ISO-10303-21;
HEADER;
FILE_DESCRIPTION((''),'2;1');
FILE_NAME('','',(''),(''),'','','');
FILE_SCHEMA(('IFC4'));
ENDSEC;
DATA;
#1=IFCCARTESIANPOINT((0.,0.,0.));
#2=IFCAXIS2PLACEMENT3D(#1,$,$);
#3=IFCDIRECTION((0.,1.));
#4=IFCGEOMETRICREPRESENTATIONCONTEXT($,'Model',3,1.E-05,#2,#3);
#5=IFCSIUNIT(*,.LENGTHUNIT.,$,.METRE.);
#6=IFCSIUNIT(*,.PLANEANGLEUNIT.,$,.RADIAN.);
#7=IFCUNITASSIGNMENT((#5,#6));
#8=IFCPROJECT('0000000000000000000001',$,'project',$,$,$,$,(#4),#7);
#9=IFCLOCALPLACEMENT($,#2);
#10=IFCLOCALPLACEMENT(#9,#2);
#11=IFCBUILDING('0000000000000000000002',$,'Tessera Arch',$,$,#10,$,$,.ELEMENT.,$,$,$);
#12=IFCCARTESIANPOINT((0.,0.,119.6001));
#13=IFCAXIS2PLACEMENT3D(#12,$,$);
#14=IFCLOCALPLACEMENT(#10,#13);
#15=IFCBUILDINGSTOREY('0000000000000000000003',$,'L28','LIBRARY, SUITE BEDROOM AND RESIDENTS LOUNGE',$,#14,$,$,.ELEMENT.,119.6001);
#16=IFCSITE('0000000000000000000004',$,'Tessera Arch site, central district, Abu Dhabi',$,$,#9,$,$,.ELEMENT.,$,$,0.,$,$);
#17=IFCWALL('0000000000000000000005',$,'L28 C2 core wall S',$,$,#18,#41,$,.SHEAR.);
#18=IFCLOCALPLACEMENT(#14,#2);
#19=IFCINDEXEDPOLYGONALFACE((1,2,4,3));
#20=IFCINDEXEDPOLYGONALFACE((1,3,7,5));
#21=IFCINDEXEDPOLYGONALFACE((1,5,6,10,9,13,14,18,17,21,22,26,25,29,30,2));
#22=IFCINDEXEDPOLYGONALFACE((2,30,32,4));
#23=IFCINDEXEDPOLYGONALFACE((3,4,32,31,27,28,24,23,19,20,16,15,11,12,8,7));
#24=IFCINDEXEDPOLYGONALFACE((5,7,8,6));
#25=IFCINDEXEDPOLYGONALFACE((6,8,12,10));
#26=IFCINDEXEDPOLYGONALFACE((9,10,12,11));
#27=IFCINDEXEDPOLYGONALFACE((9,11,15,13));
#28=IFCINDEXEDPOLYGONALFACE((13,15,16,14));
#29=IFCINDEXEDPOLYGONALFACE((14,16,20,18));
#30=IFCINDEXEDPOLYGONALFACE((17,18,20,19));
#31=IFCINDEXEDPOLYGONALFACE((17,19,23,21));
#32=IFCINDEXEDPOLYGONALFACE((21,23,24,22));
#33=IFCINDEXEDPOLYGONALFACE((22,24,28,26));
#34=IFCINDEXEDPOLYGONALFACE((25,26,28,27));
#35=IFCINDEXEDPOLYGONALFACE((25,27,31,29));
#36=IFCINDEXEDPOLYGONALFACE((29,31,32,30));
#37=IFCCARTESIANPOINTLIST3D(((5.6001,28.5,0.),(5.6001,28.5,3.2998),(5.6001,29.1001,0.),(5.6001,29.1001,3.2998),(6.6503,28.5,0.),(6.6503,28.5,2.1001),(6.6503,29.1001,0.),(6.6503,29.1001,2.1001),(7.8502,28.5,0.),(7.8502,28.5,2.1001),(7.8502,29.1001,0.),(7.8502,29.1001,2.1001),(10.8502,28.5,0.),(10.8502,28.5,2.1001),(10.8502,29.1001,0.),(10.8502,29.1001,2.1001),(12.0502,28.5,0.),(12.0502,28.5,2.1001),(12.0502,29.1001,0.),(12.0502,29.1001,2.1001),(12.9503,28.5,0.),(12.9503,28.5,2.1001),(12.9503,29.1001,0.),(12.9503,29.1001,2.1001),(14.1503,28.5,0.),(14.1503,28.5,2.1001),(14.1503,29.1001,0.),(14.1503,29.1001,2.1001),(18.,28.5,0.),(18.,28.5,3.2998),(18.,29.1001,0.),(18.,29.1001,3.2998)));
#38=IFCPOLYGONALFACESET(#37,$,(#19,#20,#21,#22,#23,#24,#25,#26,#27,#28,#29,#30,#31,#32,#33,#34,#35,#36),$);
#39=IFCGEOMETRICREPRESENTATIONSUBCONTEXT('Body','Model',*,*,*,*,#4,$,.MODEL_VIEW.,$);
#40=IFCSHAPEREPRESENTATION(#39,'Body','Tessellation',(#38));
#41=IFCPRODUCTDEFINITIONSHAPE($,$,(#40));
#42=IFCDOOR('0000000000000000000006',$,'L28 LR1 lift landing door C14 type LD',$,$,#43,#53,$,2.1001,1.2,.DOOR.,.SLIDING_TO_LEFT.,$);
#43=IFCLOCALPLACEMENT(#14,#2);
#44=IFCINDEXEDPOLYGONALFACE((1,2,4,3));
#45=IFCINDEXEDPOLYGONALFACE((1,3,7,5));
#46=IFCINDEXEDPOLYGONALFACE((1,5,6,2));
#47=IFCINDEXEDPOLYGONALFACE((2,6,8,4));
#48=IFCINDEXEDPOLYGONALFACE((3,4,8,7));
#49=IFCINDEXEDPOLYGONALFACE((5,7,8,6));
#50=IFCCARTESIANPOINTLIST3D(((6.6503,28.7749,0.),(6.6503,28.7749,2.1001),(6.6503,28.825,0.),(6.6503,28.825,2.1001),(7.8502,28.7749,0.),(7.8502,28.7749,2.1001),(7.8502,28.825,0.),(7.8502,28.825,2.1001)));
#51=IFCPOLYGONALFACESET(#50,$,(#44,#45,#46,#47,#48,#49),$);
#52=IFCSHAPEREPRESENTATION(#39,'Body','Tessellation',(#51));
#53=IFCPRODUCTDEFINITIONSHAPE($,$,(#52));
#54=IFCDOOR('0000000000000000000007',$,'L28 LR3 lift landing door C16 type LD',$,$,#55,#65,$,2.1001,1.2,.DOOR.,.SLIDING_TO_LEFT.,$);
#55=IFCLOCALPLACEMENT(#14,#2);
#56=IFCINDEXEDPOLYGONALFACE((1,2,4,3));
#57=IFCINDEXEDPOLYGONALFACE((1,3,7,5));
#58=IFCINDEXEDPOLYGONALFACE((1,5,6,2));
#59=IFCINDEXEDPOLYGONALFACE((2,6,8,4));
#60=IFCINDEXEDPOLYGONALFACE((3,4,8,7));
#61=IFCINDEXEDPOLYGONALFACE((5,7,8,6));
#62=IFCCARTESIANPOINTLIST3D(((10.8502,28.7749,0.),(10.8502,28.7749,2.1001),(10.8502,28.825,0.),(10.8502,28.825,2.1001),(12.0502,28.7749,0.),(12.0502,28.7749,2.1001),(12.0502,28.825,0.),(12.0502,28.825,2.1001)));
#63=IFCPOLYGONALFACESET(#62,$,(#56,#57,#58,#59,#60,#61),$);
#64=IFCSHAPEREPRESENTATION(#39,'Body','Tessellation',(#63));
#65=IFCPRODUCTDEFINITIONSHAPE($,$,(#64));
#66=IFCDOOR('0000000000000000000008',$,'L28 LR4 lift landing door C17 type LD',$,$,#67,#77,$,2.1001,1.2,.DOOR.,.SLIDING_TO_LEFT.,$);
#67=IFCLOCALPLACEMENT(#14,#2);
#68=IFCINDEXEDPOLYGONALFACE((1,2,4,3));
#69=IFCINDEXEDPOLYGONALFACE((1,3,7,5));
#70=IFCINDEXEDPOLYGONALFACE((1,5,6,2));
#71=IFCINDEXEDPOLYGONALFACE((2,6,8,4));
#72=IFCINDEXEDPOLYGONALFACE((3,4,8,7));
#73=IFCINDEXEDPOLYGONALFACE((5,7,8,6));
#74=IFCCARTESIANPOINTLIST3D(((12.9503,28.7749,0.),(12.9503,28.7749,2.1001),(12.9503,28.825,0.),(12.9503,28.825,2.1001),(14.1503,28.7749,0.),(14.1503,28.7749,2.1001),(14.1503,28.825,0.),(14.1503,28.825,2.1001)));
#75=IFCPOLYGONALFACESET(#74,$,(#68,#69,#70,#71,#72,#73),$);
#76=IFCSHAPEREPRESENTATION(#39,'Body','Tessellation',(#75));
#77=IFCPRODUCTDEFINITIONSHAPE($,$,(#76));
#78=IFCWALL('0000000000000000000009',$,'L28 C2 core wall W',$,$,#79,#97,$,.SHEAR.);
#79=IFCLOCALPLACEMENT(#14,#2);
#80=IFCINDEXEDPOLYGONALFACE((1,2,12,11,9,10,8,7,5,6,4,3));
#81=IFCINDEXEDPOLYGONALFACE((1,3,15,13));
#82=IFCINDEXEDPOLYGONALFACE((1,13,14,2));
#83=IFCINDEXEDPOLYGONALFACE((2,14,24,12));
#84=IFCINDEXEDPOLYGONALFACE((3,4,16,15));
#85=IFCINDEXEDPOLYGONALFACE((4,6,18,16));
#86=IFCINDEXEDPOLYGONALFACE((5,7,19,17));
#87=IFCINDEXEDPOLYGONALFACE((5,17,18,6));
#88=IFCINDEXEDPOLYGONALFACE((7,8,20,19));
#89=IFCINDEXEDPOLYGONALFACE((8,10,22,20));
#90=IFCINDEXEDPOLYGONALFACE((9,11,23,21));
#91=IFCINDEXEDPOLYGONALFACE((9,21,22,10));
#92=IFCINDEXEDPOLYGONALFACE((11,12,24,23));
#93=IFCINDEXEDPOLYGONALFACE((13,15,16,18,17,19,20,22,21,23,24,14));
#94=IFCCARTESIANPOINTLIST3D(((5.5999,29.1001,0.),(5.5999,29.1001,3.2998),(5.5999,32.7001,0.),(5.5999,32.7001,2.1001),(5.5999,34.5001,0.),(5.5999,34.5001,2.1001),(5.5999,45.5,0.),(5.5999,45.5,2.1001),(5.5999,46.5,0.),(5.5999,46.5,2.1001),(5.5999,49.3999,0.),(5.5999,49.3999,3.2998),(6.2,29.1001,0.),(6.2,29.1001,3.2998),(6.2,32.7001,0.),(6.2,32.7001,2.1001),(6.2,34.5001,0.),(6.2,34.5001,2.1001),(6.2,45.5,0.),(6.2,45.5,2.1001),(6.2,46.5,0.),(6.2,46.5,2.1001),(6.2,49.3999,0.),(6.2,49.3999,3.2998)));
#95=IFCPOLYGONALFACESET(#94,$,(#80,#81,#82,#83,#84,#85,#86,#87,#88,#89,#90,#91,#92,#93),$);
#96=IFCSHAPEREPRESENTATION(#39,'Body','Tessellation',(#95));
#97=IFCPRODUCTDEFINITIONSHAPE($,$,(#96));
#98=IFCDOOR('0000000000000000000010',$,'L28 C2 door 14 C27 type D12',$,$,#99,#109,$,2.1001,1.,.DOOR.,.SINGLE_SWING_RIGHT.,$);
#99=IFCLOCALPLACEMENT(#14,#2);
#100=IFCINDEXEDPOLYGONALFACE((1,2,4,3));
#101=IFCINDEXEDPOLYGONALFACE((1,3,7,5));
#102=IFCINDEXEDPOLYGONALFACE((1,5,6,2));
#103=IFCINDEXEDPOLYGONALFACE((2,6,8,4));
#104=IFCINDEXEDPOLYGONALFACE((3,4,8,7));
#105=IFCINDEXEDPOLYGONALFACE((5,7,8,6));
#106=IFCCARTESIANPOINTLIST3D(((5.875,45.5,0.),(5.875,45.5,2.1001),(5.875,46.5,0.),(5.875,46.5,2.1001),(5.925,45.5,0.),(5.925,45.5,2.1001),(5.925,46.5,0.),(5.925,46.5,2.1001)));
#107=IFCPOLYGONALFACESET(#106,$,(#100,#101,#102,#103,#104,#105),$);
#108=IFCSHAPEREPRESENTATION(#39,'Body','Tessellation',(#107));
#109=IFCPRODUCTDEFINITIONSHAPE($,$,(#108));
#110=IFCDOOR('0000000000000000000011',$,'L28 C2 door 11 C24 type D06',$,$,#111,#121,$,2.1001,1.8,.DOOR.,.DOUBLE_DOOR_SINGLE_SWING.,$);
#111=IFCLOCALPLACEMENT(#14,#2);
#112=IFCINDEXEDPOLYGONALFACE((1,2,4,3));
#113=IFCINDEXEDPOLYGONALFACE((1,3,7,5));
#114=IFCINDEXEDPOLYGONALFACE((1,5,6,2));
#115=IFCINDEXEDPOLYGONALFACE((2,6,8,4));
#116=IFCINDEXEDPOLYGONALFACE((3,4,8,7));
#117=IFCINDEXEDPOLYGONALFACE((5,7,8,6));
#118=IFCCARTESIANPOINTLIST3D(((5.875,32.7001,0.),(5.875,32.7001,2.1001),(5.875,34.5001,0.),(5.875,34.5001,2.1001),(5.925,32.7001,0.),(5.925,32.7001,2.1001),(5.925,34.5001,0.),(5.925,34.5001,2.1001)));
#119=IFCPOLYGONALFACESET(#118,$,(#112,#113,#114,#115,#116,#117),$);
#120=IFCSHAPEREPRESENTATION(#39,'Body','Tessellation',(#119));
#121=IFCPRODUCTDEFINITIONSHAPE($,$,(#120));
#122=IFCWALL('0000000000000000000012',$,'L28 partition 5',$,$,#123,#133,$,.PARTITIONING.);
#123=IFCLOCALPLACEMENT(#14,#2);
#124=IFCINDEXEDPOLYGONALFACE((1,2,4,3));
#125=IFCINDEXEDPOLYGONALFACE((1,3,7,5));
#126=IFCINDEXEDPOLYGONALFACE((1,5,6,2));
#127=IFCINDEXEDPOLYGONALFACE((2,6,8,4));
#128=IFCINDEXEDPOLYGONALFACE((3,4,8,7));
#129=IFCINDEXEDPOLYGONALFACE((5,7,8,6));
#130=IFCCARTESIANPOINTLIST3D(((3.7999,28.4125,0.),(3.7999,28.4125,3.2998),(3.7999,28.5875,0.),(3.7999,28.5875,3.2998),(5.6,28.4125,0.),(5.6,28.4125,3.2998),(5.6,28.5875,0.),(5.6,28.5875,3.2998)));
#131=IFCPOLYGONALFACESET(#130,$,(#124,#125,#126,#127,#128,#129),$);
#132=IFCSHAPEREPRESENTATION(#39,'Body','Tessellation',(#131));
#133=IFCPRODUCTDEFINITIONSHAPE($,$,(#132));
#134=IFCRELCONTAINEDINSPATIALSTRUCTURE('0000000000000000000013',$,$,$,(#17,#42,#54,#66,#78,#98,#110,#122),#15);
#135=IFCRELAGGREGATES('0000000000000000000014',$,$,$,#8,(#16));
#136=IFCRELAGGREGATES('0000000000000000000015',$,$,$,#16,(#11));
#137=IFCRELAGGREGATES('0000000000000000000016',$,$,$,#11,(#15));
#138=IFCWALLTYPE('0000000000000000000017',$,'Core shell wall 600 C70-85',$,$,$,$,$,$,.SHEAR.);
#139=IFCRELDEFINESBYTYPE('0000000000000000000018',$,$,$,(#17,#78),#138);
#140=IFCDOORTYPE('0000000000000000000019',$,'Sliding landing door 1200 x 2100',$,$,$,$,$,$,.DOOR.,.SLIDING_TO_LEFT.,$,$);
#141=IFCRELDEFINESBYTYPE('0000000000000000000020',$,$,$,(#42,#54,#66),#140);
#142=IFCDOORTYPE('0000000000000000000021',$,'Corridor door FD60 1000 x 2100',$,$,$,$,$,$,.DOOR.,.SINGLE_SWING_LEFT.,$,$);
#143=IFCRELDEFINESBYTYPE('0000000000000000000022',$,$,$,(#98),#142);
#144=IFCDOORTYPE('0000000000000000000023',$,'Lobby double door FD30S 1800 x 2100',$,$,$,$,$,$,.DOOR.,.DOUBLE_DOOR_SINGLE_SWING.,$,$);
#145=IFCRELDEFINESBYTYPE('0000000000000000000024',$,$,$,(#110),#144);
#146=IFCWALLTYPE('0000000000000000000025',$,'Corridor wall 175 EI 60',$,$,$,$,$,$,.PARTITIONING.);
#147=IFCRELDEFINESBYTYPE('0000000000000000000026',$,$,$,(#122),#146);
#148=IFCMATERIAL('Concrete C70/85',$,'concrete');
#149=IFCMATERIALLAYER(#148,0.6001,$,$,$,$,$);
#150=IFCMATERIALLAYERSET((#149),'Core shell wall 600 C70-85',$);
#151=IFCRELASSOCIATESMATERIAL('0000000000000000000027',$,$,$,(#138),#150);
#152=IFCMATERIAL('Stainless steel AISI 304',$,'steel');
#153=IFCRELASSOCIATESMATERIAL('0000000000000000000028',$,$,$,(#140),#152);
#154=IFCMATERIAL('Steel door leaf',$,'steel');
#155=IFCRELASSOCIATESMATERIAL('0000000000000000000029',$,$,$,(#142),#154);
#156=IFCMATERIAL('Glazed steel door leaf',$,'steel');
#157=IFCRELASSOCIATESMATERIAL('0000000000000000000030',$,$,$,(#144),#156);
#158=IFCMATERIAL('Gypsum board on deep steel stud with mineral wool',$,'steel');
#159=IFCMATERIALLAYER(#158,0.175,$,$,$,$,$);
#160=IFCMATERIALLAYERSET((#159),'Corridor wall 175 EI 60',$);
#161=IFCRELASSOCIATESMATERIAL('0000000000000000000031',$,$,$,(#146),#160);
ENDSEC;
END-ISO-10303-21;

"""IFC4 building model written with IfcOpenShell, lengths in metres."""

from ifc_helpers import new_model, si_unit, direction, frame, frame_2d, origin, place, context, subcontext, project, spatial, rectangle, extrude, material, layer, layer_set, type_object, element, fill, save


model = new_model("IFC4")

# Units and contexts
model_context = context("Model", 3, precision=1e-05, world=origin(), true_north=direction((0.0, 1.0)))
body_context = subcontext(model_context, "Body", "Model", "MODEL_VIEW")
ifc_project = project(units=[si_unit("LENGTHUNIT", "METRE"), si_unit("PLANEANGLEUNIT", "RADIAN")], contexts=[model_context])

# Site, building, storey
site_placement = place(None, origin())
site = spatial("IfcSite", under=ifc_project, at=site_placement, Name="Tessera Arch site, central district, Abu Dhabi", CompositionType="ELEMENT", RefElevation=0.0)
building_placement = place(site_placement, origin())
building = spatial("IfcBuilding", under=site, at=building_placement, Name="Tessera Arch", CompositionType="ELEMENT")
storey_placement = place(building_placement, frame((0.0, 0.0, 119.6001)))
storey = spatial("IfcBuildingStorey", under=building, at=storey_placement, Name="L28", Description="LIBRARY, SUITE BEDROOM AND RESIDENTS LOUNGE", CompositionType="ELEMENT", Elevation=119.6001)

# Walls, openings, doors
ifc_material_1 = material(Name="Concrete C70/85", Category="concrete")
ifc_layer_1 = layer(ifc_material_1, 0.6001)
ifc_layer_set_1 = layer_set([ifc_layer_1], Name="Core shell wall 600 C70-85")
wall_type_1 = type_object("IfcWallType", Name="Core shell wall 600 C70-85", PredefinedType="SHEAR", material=ifc_layer_set_1)
wall_1_placement = place(storey_placement, frame((5.6001, 28.8, 0.0), z_axis=(0.0, 0.0, 1.0), x_axis=(1.0, 0.0, 0.0)))
wall_1 = element("IfcWall", 1, at=wall_1_placement, inside=storey, type_object=wall_type_1, Name="L28 C2 core wall S", PredefinedType="SHEAR", context=body_context, shape_type="SweptSolid", body=[
    extrude(rectangle(XDim=12.3999, YDim=0.6001, at=frame_2d((6.2, 0.0))), origin(), (0.0, 0.0, 1.0), 3.2998),
])
opening_1_placement = place(wall_1_placement, frame((1.05, 0.0, 0.0)))
opening_1 = element("IfcOpeningElement", 2, at=opening_1_placement, cuts=wall_1, PredefinedType="OPENING", context=body_context, shape_type="SweptSolid", body=[
    extrude(rectangle(XDim=1.2, YDim=2.1001, at=frame_2d((0.6001, 1.05))), frame((0.0, 0.3101, 0.0), z_axis=(0.0, -1.0, 0.0), x_axis=(1.0, 0.0, 0.0)), (0.0, 0.0, 1.0), 0.6201),
])
opening_2_placement = place(wall_1_placement, frame((5.25, 0.0, 0.0)))
opening_2 = element("IfcOpeningElement", 3, at=opening_2_placement, cuts=wall_1, PredefinedType="OPENING", context=body_context, shape_type="SweptSolid", body=[
    extrude(rectangle(XDim=1.2, YDim=2.1001, at=frame_2d((0.6001, 1.05))), frame((0.0, 0.3101, 0.0), z_axis=(0.0, -1.0, 0.0), x_axis=(1.0, 0.0, 0.0)), (0.0, 0.0, 1.0), 0.6201),
])
opening_3_placement = place(wall_1_placement, frame((7.3501, 0.0, 0.0)))
opening_3 = element("IfcOpeningElement", 4, at=opening_3_placement, cuts=wall_1, PredefinedType="OPENING", context=body_context, shape_type="SweptSolid", body=[
    extrude(rectangle(XDim=1.2, YDim=2.1001, at=frame_2d((0.6001, 1.05))), frame((0.0, 0.3101, 0.0), z_axis=(0.0, -1.0, 0.0), x_axis=(1.0, 0.0, 0.0)), (0.0, 0.0, 1.0), 0.6201),
])
ifc_material_2 = material(Name="Stainless steel AISI 304", Category="steel")
door_type_1 = type_object("IfcDoorType", Name="Sliding landing door 1200 x 2100", OperationType="SLIDING_TO_LEFT", PredefinedType="DOOR", material=ifc_material_2)
door_1_placement = place(opening_1_placement, origin())
door_1 = element("IfcDoor", 5, at=door_1_placement, inside=storey, type_object=door_type_1, Name="L28 LR1 lift landing door C14 type LD", OperationType="SLIDING_TO_LEFT", OverallHeight=2.1001, OverallWidth=1.2, PredefinedType="DOOR", context=body_context, shape_type="SweptSolid", body=[
    extrude(rectangle(XDim=1.2, YDim=2.1001, at=frame_2d((0.6001, 1.05))), frame((0.0, 0.0249, 0.0), z_axis=(0.0, -1.0, 0.0), x_axis=(1.0, 0.0, 0.0)), (0.0, 0.0, 1.0), 0.05),
])
fill(opening_1, door_1)
door_2_placement = place(opening_2_placement, origin())
door_2 = element("IfcDoor", 6, at=door_2_placement, inside=storey, type_object=door_type_1, Name="L28 LR3 lift landing door C16 type LD", OperationType="SLIDING_TO_LEFT", OverallHeight=2.1001, OverallWidth=1.2, PredefinedType="DOOR", context=body_context, shape_type="SweptSolid", body=[
    extrude(rectangle(XDim=1.2, YDim=2.1001, at=frame_2d((0.6001, 1.05))), frame((0.0, 0.0249, 0.0), z_axis=(0.0, -1.0, 0.0), x_axis=(1.0, 0.0, 0.0)), (0.0, 0.0, 1.0), 0.05),
])
fill(opening_2, door_2)
door_3_placement = place(opening_3_placement, origin())
door_3 = element("IfcDoor", 7, at=door_3_placement, inside=storey, type_object=door_type_1, Name="L28 LR4 lift landing door C17 type LD", OperationType="SLIDING_TO_LEFT", OverallHeight=2.1001, OverallWidth=1.2, PredefinedType="DOOR", context=body_context, shape_type="SweptSolid", body=[
    extrude(rectangle(XDim=1.2, YDim=2.1001, at=frame_2d((0.6001, 1.05))), frame((0.0, 0.0249, 0.0), z_axis=(0.0, -1.0, 0.0), x_axis=(1.0, 0.0, 0.0)), (0.0, 0.0, 1.0), 0.05),
])
fill(opening_3, door_3)
wall_2_placement = place(storey_placement, frame((5.8999, 29.1001, 0.0), z_axis=(0.0, 0.0, 1.0), x_axis=(0.0, 1.0, 0.0)))
wall_2 = element("IfcWall", 8, at=wall_2_placement, inside=storey, type_object=wall_type_1, Name="L28 C2 core wall W", PredefinedType="SHEAR", context=body_context, shape_type="SweptSolid", body=[
    extrude(rectangle(XDim=20.2998, YDim=0.6001, at=frame_2d((10.1499, 0.0))), origin(), (0.0, 0.0, 1.0), 3.2998),
])
opening_4_placement = place(wall_2_placement, frame((3.6001, 0.0, 0.0)))
opening_4 = element("IfcOpeningElement", 9, at=opening_4_placement, cuts=wall_2, PredefinedType="OPENING", context=body_context, shape_type="SweptSolid", body=[
    extrude(rectangle(XDim=1.8, YDim=2.1001, at=frame_2d((0.8999, 1.05))), frame((0.0, 0.3101, 0.0), z_axis=(0.0, -1.0, 0.0), x_axis=(1.0, 0.0, 0.0)), (0.0, 0.0, 1.0), 0.6201),
])
opening_5_placement = place(wall_2_placement, frame((16.3999, 0.0, 0.0)))
opening_5 = element("IfcOpeningElement", 10, at=opening_5_placement, cuts=wall_2, PredefinedType="OPENING", context=body_context, shape_type="SweptSolid", body=[
    extrude(rectangle(XDim=1.0, YDim=2.1001, at=frame_2d((0.5, 1.05))), frame((0.0, 0.3101, 0.0), z_axis=(0.0, -1.0, 0.0), x_axis=(1.0, 0.0, 0.0)), (0.0, 0.0, 1.0), 0.6201),
])
ifc_material_3 = material(Name="Steel door leaf", Category="steel")
door_type_2 = type_object("IfcDoorType", Name="Corridor door FD60 1000 x 2100", OperationType="SINGLE_SWING_LEFT", PredefinedType="DOOR", material=ifc_material_3)
door_4_placement = place(opening_5_placement, origin())
door_4 = element("IfcDoor", 11, at=door_4_placement, inside=storey, type_object=door_type_2, Name="L28 C2 door 14 C27 type D12", OperationType="SINGLE_SWING_RIGHT", OverallHeight=2.1001, OverallWidth=1.0, PredefinedType="DOOR", context=body_context, shape_type="SweptSolid", body=[
    extrude(rectangle(XDim=1.0, YDim=2.1001, at=frame_2d((0.5, 1.05))), frame((0.0, 0.0249, 0.0), z_axis=(0.0, -1.0, 0.0), x_axis=(1.0, 0.0, 0.0)), (0.0, 0.0, 1.0), 0.05),
])
fill(opening_5, door_4)
ifc_material_4 = material(Name="Glazed steel door leaf", Category="steel")
door_type_3 = type_object("IfcDoorType", Name="Lobby double door FD30S 1800 x 2100", OperationType="DOUBLE_DOOR_SINGLE_SWING", PredefinedType="DOOR", material=ifc_material_4)
door_5_placement = place(opening_4_placement, origin())
door_5 = element("IfcDoor", 12, at=door_5_placement, inside=storey, type_object=door_type_3, Name="L28 C2 door 11 C24 type D06", OperationType="DOUBLE_DOOR_SINGLE_SWING", OverallHeight=2.1001, OverallWidth=1.8, PredefinedType="DOOR", context=body_context, shape_type="SweptSolid", body=[
    extrude(rectangle(XDim=1.8, YDim=2.1001, at=frame_2d((0.8999, 1.05))), frame((0.0, 0.0249, 0.0), z_axis=(0.0, -1.0, 0.0), x_axis=(1.0, 0.0, 0.0)), (0.0, 0.0, 1.0), 0.05),
])
fill(opening_4, door_5)

# Wall
ifc_material_5 = material(Name="Gypsum board on deep steel stud with mineral wool", Category="steel")
ifc_layer_2 = layer(ifc_material_5, 0.175)
ifc_layer_set_2 = layer_set([ifc_layer_2], Name="Corridor wall 175 EI 60")
wall_type_2 = type_object("IfcWallType", Name="Corridor wall 175 EI 60", PredefinedType="PARTITIONING", material=ifc_layer_set_2)
wall_3_placement = place(storey_placement, frame((3.8, 28.5, 0.0), z_axis=(0.0, 0.0, 1.0), x_axis=(1.0, 0.0, 0.0)))
element("IfcWall", 13, at=wall_3_placement, inside=storey, type_object=wall_type_2, Name="L28 partition 5", PredefinedType="PARTITIONING", context=body_context, shape_type="SweptSolid", body=[
    extrude(rectangle(XDim=1.8, YDim=0.175, at=frame_2d((0.8999, 0.0))), origin(), (0.0, 0.0, 1.0), 3.2998),
])

save(model, "model.ifc")
